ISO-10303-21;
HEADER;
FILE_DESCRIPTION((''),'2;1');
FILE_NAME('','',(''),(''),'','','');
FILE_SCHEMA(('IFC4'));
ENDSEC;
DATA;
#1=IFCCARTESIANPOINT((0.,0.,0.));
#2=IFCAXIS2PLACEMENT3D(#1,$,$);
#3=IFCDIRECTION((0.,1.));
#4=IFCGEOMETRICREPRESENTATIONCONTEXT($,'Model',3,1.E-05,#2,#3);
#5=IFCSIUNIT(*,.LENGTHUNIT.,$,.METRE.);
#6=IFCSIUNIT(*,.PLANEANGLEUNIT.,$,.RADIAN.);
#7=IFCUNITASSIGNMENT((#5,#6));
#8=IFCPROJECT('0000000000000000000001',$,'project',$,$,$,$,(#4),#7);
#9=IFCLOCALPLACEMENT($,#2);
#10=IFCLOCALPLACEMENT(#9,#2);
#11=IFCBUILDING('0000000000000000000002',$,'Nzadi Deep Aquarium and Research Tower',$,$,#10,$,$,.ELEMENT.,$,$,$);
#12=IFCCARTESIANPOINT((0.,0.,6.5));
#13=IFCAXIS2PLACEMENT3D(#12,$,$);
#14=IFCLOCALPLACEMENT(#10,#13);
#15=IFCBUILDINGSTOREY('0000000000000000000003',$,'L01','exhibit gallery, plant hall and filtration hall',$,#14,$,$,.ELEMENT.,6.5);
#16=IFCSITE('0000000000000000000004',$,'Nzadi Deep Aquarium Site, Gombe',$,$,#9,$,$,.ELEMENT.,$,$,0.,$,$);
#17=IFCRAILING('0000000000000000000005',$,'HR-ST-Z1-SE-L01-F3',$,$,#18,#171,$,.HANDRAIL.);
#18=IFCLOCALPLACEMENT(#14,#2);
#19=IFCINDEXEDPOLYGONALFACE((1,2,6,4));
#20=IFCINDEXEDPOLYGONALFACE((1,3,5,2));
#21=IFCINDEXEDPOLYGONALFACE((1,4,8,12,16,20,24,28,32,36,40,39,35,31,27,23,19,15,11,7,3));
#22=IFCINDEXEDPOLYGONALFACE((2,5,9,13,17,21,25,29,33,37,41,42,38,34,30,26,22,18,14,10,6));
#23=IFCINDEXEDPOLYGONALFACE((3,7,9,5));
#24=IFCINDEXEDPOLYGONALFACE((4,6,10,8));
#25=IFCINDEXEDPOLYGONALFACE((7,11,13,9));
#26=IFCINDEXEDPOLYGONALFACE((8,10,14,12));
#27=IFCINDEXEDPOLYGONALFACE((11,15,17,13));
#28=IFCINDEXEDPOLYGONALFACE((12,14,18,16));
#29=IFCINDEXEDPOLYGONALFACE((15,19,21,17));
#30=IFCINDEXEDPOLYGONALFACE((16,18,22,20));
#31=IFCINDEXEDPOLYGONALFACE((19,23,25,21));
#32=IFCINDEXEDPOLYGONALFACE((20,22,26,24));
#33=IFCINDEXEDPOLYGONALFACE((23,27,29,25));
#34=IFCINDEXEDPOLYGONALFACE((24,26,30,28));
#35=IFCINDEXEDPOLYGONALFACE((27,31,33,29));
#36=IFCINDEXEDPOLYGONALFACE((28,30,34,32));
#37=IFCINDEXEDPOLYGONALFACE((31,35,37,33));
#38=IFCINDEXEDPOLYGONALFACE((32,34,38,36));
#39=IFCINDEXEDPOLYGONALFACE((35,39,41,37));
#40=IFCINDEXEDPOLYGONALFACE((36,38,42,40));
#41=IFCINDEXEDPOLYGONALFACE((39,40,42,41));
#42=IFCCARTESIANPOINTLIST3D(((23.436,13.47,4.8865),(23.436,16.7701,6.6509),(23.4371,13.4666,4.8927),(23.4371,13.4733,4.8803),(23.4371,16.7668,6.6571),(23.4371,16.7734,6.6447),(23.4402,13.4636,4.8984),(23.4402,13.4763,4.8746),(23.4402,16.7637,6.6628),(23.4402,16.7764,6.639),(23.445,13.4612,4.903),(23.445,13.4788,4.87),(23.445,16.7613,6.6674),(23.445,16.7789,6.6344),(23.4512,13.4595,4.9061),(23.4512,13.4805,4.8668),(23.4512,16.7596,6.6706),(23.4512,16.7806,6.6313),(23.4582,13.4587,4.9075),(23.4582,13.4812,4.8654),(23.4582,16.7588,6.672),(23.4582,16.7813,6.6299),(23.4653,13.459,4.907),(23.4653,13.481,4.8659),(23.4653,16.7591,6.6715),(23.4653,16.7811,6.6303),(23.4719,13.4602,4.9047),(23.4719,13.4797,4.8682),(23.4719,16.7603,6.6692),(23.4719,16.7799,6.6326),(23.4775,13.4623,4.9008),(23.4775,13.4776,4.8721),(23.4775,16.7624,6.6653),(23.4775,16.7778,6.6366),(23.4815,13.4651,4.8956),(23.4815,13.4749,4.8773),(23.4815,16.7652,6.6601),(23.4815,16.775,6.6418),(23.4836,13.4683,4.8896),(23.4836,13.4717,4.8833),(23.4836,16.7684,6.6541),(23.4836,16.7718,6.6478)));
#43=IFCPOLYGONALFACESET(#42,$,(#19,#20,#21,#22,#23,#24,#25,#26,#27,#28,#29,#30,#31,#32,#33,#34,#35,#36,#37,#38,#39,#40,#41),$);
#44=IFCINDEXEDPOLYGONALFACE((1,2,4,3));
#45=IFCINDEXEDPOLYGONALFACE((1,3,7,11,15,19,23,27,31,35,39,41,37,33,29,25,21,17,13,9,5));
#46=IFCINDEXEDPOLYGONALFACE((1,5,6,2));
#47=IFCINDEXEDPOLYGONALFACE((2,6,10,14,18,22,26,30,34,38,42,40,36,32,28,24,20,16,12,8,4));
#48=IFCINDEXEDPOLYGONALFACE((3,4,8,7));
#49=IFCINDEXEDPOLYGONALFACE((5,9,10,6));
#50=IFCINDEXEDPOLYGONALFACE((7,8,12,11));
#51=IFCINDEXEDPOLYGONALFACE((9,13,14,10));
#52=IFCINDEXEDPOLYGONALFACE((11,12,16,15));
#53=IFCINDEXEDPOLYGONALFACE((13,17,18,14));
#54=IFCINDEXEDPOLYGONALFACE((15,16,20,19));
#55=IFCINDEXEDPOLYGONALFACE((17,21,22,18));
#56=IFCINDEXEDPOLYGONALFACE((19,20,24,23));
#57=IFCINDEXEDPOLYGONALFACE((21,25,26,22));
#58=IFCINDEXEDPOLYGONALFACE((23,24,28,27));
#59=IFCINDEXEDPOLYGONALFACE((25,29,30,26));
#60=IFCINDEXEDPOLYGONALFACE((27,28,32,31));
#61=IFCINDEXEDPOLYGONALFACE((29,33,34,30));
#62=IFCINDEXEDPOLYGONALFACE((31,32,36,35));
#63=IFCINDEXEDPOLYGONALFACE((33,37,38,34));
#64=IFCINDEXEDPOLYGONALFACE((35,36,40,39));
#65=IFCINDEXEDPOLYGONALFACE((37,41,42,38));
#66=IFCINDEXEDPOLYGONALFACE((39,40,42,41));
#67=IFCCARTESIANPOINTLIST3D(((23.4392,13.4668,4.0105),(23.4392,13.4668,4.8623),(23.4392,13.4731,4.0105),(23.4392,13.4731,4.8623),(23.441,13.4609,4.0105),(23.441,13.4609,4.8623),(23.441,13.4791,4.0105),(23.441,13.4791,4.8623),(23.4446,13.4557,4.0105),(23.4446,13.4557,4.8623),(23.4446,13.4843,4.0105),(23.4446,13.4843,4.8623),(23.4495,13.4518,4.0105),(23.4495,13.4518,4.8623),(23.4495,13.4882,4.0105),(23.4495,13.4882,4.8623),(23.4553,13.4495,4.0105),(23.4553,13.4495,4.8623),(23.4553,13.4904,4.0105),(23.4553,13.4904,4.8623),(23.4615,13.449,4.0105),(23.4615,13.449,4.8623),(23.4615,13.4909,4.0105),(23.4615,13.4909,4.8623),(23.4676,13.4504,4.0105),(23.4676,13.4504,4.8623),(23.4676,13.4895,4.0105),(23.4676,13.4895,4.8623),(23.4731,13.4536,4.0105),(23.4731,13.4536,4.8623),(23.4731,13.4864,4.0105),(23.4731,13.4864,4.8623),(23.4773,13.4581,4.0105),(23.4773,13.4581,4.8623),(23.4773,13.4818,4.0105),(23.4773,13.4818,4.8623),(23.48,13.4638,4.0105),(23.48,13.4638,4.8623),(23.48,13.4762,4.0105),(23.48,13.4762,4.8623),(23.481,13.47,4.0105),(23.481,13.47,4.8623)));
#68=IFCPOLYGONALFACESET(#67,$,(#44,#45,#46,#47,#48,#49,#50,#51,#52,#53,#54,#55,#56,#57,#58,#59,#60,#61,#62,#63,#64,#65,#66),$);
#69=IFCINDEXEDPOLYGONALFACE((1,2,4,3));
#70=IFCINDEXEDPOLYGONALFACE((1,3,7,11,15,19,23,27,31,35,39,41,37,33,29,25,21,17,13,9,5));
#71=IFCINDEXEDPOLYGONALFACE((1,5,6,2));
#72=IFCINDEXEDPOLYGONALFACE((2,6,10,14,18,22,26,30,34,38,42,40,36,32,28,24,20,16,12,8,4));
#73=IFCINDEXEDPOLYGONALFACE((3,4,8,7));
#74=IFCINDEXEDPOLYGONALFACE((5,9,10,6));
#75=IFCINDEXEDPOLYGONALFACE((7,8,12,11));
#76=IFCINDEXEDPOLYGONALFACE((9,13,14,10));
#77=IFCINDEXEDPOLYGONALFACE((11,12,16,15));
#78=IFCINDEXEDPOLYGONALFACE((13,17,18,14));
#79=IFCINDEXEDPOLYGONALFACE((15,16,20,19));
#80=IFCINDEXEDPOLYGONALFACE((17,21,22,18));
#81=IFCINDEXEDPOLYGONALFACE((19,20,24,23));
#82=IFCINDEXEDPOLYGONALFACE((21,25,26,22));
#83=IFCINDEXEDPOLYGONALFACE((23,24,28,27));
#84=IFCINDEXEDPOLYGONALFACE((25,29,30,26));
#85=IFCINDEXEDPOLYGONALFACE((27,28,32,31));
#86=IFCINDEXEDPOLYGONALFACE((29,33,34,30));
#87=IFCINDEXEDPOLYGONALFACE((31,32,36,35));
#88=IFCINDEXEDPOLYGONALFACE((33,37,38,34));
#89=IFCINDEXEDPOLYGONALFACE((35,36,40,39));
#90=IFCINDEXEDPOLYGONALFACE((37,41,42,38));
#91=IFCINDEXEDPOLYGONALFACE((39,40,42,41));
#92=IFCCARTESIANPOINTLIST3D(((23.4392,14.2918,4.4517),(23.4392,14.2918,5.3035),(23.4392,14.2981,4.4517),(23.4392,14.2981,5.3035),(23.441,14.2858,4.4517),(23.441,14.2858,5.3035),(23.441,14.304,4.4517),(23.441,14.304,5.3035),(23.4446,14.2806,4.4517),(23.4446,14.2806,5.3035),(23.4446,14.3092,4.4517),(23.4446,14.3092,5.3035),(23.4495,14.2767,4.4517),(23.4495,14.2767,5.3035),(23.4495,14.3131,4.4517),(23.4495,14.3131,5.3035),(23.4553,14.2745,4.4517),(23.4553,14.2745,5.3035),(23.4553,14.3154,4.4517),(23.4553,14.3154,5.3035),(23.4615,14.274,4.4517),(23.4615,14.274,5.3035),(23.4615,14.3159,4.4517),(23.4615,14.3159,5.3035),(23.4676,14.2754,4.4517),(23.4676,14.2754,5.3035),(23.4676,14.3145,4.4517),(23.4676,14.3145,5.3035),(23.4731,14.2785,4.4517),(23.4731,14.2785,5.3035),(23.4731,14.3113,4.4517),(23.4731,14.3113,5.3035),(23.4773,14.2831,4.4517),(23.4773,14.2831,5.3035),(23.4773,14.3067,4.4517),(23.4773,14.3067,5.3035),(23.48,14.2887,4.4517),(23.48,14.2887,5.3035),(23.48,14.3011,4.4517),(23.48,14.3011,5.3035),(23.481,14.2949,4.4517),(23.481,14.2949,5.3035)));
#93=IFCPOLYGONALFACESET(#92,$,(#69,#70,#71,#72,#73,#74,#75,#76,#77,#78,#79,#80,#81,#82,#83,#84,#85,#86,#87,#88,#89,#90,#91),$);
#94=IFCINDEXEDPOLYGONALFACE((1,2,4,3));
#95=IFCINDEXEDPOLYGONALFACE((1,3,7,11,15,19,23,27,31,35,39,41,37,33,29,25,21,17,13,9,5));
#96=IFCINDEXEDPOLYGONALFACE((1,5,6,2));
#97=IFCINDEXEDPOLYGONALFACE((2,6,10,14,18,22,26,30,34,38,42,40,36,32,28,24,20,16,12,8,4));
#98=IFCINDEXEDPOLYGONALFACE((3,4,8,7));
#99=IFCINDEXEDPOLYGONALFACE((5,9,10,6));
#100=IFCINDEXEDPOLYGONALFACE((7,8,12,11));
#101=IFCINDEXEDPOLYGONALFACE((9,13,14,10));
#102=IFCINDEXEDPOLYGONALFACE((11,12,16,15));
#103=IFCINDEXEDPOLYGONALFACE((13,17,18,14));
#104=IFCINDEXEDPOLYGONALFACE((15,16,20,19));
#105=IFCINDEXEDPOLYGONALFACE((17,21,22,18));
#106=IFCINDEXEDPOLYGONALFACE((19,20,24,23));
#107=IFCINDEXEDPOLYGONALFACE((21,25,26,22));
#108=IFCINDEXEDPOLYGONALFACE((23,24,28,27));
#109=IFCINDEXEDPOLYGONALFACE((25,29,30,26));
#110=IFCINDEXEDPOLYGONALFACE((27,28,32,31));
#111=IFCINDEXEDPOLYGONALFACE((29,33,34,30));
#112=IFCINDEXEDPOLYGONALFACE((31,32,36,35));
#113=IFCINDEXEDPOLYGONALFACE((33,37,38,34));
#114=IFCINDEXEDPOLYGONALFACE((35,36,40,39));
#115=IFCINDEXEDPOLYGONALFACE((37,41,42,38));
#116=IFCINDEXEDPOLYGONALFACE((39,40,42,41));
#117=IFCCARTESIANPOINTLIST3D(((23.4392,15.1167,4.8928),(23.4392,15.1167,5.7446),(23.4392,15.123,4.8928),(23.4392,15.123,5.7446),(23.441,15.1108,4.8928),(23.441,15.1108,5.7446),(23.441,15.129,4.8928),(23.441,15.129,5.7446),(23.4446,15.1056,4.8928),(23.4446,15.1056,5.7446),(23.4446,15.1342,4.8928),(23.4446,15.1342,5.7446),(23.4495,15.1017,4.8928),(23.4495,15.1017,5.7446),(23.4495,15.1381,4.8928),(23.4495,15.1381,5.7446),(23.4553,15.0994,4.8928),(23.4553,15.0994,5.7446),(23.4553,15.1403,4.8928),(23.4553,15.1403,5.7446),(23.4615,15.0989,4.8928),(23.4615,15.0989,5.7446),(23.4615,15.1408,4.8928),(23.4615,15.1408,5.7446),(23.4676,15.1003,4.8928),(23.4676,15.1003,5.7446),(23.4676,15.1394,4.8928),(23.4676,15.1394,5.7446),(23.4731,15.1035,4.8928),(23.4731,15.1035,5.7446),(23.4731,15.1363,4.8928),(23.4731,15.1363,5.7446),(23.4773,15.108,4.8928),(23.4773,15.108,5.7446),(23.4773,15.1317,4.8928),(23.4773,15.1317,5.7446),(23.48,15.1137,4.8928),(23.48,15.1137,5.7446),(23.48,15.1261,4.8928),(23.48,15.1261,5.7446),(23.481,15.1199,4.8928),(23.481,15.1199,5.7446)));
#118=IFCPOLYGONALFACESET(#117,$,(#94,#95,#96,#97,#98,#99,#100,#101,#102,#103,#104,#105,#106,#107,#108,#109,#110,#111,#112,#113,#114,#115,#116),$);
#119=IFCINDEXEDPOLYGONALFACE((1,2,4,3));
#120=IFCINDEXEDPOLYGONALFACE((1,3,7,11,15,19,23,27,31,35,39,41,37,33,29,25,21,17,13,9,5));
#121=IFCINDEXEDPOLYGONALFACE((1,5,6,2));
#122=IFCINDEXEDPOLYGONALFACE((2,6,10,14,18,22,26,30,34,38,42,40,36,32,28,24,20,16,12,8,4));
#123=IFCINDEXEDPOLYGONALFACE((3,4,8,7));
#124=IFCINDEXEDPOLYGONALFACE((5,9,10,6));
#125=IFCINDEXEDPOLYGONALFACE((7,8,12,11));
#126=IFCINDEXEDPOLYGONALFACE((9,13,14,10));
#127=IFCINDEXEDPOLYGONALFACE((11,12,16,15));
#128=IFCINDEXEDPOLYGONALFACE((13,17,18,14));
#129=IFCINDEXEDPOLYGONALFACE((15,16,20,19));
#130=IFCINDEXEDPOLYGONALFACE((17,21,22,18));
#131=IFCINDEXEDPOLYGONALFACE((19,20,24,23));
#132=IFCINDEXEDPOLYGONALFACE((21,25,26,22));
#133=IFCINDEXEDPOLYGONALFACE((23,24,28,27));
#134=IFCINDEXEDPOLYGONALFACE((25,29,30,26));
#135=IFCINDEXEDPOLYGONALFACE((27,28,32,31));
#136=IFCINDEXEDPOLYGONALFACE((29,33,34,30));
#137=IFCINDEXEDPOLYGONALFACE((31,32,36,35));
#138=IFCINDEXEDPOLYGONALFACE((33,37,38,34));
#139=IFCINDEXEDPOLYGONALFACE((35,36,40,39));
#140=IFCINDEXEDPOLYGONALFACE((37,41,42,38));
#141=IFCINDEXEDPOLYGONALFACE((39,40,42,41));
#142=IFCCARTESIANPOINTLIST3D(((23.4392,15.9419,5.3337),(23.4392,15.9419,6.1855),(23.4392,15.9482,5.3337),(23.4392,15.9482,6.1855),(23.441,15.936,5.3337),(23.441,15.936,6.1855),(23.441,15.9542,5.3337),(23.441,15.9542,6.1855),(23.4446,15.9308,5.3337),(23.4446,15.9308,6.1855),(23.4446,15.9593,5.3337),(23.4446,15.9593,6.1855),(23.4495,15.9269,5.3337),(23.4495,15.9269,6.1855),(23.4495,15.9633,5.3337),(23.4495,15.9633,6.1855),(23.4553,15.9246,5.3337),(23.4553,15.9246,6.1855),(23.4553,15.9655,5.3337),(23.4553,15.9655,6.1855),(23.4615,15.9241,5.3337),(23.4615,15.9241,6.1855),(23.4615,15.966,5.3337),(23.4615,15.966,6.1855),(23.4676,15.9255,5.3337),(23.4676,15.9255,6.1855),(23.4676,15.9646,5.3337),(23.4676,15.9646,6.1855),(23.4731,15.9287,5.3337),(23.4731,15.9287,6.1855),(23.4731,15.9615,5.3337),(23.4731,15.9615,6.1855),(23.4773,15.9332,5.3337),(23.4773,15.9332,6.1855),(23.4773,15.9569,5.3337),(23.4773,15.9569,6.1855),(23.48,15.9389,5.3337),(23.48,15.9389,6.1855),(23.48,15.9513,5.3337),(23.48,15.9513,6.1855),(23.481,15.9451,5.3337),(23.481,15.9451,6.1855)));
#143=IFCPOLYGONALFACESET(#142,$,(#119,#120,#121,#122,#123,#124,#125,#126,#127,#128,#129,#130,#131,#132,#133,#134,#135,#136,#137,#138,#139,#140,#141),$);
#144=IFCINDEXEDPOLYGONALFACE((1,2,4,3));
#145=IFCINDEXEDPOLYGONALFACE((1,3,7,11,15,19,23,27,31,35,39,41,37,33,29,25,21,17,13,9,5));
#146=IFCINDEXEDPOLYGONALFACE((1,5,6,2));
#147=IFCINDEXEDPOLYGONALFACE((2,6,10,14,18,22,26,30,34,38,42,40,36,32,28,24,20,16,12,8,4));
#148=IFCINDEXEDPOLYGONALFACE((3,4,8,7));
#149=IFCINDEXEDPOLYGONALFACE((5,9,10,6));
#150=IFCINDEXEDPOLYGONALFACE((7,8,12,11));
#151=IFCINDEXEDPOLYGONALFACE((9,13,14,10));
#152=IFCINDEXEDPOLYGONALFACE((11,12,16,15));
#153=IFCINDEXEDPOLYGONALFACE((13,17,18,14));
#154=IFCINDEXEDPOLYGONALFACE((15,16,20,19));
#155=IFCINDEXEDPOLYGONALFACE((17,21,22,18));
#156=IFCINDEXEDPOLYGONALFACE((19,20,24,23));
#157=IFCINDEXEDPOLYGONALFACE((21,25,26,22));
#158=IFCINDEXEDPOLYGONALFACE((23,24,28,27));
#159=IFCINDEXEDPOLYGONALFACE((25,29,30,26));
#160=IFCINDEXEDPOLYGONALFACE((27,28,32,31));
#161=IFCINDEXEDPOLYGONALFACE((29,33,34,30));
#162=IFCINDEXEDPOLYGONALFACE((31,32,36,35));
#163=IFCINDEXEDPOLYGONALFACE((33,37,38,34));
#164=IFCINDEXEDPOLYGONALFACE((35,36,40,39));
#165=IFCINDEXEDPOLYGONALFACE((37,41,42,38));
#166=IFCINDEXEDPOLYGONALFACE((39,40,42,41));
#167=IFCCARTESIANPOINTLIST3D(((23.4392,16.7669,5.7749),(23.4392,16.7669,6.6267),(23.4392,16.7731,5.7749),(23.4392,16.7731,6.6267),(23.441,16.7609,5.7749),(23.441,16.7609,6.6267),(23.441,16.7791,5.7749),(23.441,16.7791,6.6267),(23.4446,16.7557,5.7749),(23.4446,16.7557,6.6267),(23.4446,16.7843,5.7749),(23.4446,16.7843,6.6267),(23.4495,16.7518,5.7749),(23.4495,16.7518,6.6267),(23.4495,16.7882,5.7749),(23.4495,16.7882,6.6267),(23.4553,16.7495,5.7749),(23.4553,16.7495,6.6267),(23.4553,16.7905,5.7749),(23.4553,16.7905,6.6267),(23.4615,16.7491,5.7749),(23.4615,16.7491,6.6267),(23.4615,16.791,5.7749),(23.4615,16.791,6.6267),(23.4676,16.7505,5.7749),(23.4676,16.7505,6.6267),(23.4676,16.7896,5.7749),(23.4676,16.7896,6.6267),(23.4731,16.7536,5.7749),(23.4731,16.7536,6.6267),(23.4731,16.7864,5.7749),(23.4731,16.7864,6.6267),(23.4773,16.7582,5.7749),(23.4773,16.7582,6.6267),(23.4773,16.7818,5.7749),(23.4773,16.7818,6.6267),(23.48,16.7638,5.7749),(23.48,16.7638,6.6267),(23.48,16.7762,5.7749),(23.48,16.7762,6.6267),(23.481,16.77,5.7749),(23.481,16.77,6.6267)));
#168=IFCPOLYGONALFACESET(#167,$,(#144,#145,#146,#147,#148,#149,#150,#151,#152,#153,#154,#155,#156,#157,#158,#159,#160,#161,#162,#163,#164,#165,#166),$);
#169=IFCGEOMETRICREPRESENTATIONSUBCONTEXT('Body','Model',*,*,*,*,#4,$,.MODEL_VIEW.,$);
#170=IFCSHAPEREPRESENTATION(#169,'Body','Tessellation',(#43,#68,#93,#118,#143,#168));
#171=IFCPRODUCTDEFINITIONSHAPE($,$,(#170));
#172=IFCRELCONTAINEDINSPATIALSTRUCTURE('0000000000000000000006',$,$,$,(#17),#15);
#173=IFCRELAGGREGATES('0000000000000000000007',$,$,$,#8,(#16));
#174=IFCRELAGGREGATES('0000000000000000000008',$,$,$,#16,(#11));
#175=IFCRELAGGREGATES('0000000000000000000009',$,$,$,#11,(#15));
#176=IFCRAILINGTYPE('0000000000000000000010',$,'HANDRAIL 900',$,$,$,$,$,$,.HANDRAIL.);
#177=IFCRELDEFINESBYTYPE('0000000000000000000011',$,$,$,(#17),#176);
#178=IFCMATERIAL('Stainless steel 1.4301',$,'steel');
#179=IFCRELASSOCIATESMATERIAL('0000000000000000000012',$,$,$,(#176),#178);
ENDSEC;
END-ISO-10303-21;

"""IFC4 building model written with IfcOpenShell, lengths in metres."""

from ifc_helpers import new_model, si_unit, direction, frame, origin, origin_2d, place, context, subcontext, project, spatial, circle, extrude, material, type_object, element, save


model = new_model("IFC4")

# Units and contexts
model_context = context("Model", 3, precision=1e-05, world=origin(), true_north=direction((0.0, 1.0)))
body_context = subcontext(model_context, "Body", "Model", "MODEL_VIEW")
ifc_project = project(units=[si_unit("LENGTHUNIT", "METRE"), si_unit("PLANEANGLEUNIT", "RADIAN")], contexts=[model_context])

# Site, building, storey
site_placement = place(None, origin())
site = spatial("IfcSite", under=ifc_project, at=site_placement, Name="Nzadi Deep Aquarium Site, Gombe", CompositionType="ELEMENT", RefElevation=0.0)
building_placement = place(site_placement, origin())
building = spatial("IfcBuilding", under=site, at=building_placement, Name="Nzadi Deep Aquarium and Research Tower", CompositionType="ELEMENT")
storey_placement = place(building_placement, frame((0.0, 0.0, 6.5)))
storey = spatial("IfcBuildingStorey", under=building, at=storey_placement, Name="L01", Description="exhibit gallery, plant hall and filtration hall", CompositionType="ELEMENT", Elevation=6.5)

# Railing
ifc_material_1 = material(Name="Stainless steel 1.4301", Category="steel")
railing_type = type_object("IfcRailingType", Name="HANDRAIL 900", PredefinedType="HANDRAIL", material=ifc_material_1)
railing_1_placement = place(storey_placement, frame((23.46, 13.47, 4.0105)))
element("IfcRailing", 1, at=railing_1_placement, inside=storey, type_object=railing_type, Name="HR-ST-Z1-SE-L01-F3", PredefinedType="HANDRAIL", context=body_context, shape_type="SweptSolid", body=[
    extrude(circle(Radius=0.0239, at=origin_2d()), frame((0.0, 0.0, 0.876), z_axis=(0.0, 0.881867, 0.471499), x_axis=(-1.0, 0.0, 0.0)), (0.0, 0.0, 1.0), 3.7422),
    extrude(circle(Radius=0.021, at=origin_2d()), origin(), (0.0, 0.0, 1.0), 0.8518),
    extrude(circle(Radius=0.021, at=origin_2d()), frame((0.0, 0.825, 0.4412)), (0.0, 0.0, 1.0), 0.8518),
    extrude(circle(Radius=0.021, at=origin_2d()), frame((0.0, 1.6499, 0.8823)), (0.0, 0.0, 1.0), 0.8518),
    extrude(circle(Radius=0.021, at=origin_2d()), frame((0.0, 2.4751, 1.3232)), (0.0, 0.0, 1.0), 0.8518),
    extrude(circle(Radius=0.021, at=origin_2d()), frame((0.0, 3.3, 1.7644)), (0.0, 0.0, 1.0), 0.8518),
])

save(model, "model.ifc")
